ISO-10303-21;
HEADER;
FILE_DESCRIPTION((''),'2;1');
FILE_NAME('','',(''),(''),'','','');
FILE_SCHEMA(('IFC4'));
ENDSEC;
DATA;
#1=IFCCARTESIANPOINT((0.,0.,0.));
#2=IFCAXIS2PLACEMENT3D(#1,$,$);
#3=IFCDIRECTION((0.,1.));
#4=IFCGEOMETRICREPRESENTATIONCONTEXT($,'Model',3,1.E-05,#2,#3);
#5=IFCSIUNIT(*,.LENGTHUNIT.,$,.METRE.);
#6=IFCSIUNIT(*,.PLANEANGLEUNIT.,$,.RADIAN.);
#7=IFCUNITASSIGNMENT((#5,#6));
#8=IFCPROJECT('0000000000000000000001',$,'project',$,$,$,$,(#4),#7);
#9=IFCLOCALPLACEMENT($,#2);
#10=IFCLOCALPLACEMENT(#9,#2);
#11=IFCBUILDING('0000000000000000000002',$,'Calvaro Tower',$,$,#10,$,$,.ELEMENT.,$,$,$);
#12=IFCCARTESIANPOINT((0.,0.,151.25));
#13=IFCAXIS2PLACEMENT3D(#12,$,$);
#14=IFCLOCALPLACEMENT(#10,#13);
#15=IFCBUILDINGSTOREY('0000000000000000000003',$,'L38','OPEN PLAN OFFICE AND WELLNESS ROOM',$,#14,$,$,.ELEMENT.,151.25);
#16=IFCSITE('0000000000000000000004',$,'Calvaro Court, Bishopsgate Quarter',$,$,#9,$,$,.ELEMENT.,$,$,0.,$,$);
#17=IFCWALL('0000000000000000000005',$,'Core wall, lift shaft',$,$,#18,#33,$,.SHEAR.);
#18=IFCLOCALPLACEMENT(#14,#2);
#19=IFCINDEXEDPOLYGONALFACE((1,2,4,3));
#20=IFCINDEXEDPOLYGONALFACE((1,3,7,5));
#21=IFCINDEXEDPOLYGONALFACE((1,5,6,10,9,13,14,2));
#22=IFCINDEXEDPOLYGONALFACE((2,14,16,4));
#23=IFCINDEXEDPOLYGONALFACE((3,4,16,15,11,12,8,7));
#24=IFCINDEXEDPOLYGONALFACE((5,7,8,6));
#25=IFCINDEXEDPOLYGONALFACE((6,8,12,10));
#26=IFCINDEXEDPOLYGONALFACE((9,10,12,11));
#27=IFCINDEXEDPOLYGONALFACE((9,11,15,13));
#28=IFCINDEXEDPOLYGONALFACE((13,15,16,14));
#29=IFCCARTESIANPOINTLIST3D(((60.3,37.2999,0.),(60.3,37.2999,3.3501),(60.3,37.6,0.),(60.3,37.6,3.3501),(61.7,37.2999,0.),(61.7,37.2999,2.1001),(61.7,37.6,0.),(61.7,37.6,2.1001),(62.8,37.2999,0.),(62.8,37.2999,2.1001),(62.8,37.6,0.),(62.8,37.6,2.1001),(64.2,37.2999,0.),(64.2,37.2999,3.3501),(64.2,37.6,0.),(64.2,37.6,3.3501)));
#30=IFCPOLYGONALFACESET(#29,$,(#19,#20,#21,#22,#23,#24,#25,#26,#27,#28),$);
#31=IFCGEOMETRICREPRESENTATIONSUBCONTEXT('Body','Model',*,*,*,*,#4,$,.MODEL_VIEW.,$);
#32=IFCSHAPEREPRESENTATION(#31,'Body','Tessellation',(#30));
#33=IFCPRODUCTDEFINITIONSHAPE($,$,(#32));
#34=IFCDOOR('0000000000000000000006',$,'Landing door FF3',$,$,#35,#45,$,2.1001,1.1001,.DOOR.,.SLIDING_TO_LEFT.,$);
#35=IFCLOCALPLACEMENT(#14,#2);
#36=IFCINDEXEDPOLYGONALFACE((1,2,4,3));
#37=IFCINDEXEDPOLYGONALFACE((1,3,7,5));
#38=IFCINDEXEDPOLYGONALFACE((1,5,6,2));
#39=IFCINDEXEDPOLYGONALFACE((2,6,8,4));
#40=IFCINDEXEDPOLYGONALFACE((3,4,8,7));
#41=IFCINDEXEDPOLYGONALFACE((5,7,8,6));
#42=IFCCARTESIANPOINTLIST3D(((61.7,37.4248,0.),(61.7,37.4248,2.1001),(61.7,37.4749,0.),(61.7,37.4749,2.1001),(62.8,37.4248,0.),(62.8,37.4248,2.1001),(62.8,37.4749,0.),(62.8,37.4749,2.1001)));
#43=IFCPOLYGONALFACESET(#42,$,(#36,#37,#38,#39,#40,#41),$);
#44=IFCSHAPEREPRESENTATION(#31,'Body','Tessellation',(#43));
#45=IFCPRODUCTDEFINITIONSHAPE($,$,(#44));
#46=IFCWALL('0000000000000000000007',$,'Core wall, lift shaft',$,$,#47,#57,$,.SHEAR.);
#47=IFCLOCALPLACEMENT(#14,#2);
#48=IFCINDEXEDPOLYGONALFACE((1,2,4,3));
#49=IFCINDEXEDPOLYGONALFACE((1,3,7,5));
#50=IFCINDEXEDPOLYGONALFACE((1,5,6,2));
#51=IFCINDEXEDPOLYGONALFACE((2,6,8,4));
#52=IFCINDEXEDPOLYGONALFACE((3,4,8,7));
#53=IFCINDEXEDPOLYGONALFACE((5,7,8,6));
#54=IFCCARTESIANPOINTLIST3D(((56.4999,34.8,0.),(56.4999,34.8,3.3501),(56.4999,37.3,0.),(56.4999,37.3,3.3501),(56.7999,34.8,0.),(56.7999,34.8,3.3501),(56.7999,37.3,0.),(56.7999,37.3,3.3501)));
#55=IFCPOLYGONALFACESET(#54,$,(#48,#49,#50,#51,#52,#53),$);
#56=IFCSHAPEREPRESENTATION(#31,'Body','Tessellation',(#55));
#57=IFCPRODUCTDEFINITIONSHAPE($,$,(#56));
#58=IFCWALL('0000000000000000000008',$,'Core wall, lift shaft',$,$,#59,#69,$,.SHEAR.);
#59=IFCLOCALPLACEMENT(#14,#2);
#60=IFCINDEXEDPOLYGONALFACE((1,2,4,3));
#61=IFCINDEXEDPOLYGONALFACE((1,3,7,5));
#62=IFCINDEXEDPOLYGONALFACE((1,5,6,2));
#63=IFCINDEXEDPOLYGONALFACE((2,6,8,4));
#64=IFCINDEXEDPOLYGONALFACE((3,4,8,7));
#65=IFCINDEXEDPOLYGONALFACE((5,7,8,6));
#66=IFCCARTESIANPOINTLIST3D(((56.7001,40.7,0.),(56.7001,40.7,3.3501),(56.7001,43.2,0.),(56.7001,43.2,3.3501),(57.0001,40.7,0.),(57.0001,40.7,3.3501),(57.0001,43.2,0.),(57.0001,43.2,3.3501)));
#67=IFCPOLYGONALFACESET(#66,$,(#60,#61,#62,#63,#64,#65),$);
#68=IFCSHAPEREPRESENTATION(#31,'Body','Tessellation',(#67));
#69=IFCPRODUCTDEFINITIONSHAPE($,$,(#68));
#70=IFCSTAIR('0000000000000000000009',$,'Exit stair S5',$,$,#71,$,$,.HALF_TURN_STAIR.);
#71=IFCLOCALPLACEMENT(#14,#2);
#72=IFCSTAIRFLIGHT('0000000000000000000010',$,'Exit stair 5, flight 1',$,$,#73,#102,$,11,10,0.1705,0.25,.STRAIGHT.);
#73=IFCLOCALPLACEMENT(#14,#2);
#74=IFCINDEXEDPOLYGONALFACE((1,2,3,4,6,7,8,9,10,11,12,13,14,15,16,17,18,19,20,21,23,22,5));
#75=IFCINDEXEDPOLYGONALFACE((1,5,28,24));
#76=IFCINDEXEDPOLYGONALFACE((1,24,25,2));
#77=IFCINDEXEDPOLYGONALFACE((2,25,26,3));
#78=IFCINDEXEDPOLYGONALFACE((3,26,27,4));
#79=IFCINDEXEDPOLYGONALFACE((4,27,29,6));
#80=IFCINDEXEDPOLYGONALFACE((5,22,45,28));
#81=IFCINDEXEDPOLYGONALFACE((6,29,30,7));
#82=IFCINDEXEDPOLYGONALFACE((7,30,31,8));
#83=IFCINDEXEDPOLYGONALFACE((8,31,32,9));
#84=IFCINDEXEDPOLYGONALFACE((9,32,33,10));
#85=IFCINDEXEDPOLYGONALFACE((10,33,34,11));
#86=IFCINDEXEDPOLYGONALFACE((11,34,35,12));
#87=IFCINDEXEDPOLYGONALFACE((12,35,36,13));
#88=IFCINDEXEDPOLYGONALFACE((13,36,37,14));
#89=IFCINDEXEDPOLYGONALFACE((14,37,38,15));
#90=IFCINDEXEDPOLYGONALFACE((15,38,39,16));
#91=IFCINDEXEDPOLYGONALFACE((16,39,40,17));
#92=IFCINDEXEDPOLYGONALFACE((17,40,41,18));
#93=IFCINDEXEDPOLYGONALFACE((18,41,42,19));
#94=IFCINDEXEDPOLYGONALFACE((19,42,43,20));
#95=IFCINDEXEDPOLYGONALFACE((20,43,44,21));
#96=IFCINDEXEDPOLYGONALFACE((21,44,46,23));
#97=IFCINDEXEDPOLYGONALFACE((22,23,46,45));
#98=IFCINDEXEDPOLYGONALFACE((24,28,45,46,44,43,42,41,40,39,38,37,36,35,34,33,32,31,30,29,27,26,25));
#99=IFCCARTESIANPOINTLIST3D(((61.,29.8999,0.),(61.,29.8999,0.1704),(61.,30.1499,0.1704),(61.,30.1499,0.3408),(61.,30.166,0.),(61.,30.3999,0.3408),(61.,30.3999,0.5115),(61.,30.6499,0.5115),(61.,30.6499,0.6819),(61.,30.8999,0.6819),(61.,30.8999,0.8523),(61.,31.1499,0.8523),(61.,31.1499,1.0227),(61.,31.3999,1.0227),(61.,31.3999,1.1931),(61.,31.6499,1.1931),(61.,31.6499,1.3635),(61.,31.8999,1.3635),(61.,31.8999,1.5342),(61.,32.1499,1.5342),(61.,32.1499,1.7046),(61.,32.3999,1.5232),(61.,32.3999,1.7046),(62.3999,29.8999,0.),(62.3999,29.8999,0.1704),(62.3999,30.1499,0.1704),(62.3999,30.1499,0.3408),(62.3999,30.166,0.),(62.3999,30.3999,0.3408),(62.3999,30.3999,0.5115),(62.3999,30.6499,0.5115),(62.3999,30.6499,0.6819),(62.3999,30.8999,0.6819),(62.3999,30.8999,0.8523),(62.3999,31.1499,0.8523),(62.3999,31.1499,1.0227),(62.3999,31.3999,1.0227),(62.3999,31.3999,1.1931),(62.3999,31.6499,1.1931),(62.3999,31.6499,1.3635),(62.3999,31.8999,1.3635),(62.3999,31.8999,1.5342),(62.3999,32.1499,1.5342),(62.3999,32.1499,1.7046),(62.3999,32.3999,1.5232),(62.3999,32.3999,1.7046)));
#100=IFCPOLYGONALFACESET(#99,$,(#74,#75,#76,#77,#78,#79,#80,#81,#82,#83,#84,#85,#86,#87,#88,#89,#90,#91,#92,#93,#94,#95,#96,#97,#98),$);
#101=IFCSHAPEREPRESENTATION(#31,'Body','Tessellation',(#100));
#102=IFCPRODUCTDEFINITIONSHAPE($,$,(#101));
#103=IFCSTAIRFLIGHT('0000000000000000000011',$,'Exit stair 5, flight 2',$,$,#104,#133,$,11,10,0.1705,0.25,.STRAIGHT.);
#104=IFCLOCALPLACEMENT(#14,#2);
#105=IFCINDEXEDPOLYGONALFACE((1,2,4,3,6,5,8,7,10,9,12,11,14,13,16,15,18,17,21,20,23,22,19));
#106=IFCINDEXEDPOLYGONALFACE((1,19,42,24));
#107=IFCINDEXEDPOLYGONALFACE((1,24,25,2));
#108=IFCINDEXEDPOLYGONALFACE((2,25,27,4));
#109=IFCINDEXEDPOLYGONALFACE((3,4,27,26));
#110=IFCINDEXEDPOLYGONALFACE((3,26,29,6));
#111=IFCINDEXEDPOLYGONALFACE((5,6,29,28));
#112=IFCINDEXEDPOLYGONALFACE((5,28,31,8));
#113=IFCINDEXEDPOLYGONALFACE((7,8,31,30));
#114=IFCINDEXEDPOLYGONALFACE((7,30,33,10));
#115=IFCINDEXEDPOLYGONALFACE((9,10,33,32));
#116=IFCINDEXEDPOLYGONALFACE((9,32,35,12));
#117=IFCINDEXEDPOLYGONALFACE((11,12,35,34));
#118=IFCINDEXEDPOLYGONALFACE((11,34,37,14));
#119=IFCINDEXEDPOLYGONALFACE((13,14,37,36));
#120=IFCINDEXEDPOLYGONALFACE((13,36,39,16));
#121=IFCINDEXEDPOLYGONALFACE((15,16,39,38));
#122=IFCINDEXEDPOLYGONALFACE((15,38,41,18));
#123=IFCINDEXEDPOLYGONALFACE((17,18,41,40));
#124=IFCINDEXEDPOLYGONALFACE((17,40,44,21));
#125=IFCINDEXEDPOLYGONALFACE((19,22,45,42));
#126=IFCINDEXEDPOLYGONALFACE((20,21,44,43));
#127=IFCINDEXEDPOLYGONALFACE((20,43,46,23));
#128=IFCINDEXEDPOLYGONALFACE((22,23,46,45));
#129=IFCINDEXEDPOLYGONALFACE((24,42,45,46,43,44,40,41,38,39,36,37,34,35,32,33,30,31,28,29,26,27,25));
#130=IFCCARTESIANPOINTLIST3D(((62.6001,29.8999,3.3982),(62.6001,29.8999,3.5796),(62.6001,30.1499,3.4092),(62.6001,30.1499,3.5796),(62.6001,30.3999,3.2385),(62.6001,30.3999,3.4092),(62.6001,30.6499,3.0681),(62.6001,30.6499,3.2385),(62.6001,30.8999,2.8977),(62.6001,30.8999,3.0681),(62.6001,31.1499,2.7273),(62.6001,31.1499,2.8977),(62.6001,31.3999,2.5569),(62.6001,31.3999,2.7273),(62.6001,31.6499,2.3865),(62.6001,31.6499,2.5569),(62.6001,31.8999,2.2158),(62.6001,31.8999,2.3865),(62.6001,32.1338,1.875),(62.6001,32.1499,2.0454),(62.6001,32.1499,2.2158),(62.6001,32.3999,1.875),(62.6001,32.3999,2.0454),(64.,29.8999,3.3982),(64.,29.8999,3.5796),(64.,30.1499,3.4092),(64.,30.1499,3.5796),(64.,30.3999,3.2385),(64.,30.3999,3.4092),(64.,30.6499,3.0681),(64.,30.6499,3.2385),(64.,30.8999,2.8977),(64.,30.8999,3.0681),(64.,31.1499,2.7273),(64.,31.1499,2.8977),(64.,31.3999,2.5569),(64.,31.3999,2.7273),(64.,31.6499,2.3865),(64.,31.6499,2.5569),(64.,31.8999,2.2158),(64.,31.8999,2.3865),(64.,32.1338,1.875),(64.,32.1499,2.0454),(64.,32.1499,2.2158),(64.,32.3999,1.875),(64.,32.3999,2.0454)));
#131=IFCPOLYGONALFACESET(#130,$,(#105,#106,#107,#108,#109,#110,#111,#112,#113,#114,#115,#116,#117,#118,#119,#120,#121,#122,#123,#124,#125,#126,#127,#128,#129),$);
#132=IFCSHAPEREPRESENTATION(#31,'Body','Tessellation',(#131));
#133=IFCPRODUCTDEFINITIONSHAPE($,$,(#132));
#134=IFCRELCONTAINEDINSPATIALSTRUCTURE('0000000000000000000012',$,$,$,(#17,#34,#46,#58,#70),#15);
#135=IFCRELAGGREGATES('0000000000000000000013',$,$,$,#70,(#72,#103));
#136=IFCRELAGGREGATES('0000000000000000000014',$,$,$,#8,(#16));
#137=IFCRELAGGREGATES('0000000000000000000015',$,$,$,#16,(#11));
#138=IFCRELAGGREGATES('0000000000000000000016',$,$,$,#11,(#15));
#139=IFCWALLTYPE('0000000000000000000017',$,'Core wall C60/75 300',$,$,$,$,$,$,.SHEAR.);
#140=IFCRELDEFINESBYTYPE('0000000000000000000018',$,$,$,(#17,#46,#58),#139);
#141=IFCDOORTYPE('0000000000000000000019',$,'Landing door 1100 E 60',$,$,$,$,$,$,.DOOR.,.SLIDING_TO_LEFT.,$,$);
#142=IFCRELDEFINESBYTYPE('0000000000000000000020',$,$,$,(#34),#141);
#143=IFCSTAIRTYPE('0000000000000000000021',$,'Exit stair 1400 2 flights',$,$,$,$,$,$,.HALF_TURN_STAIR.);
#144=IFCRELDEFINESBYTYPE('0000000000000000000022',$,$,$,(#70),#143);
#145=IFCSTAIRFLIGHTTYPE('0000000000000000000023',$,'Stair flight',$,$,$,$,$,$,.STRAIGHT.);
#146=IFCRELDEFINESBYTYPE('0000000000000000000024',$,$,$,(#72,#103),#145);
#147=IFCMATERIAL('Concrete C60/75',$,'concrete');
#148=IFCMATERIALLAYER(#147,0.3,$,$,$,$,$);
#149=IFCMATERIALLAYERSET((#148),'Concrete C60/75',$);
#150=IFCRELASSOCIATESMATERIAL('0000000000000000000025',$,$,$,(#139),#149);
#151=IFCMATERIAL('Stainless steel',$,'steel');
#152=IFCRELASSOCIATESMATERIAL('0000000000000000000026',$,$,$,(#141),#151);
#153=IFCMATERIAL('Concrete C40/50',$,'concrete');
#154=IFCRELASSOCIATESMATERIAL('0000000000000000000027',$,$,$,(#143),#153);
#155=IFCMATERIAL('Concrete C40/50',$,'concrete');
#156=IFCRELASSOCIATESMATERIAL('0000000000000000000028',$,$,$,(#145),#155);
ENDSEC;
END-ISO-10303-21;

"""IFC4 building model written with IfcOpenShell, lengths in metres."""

from ifc_helpers import new_model, si_unit, direction, frame, frame_2d, origin, place, context, subcontext, project, spatial, polyline, rectangle, outline, extrude, material, layer, layer_set, type_object, element, fill, aggregate, save


model = new_model("IFC4")

# Units and contexts
model_context = context("Model", 3, precision=1e-05, world=origin(), true_north=direction((0.0, 1.0)))
body_context = subcontext(model_context, "Body", "Model", "MODEL_VIEW")
ifc_project = project(units=[si_unit("LENGTHUNIT", "METRE"), si_unit("PLANEANGLEUNIT", "RADIAN")], contexts=[model_context])

# Site, building, storey
site_placement = place(None, origin())
site = spatial("IfcSite", under=ifc_project, at=site_placement, Name="Calvaro Court, Bishopsgate Quarter", CompositionType="ELEMENT", RefElevation=0.0)
building_placement = place(site_placement, origin())
building = spatial("IfcBuilding", under=site, at=building_placement, Name="Calvaro Tower", CompositionType="ELEMENT")
storey_placement = place(building_placement, frame((0.0, 0.0, 151.25)))
storey = spatial("IfcBuildingStorey", under=building, at=storey_placement, Name="L38", Description="OPEN PLAN OFFICE AND WELLNESS ROOM", CompositionType="ELEMENT", Elevation=151.25)

# Shared definitions
ifc_material_1 = material(Name="Concrete C60/75", Category="concrete")
ifc_layer_1 = layer(ifc_material_1, 0.3)
ifc_layer_set_1 = layer_set([ifc_layer_1], Name="Concrete C60/75")
wall_type_1 = type_object("IfcWallType", Name="Core wall C60/75 300", PredefinedType="SHEAR", material=ifc_layer_set_1)

# Wall, opening, door
wall_1_placement = place(storey_placement, frame((60.3, 37.45, 0.0), z_axis=(0.0, 0.0, 1.0), x_axis=(1.0, 0.0, 0.0)))
wall_1 = element("IfcWall", 1, at=wall_1_placement, inside=storey, type_object=wall_type_1, Name="Core wall, lift shaft", PredefinedType="SHEAR", context=body_context, shape_type="SweptSolid", body=[
    extrude(rectangle(XDim=3.8999, YDim=0.3, at=frame_2d((1.95, 0.0))), origin(), (0.0, 0.0, 1.0), 3.3501),
])
opening_1_placement = place(wall_1_placement, frame((1.3999, 0.0, 0.0)))
opening_1 = element("IfcOpeningElement", 2, at=opening_1_placement, cuts=wall_1, PredefinedType="OPENING", context=body_context, shape_type="SweptSolid", body=[
    extrude(rectangle(XDim=1.1001, YDim=2.1001, at=frame_2d((0.55, 1.05))), frame((0.0, 0.1599, 0.0), z_axis=(0.0, -1.0, 0.0), x_axis=(1.0, 0.0, 0.0)), (0.0, 0.0, 1.0), 0.3201),
])
ifc_material_2 = material(Name="Stainless steel", Category="steel")
door_type_1 = type_object("IfcDoorType", Name="Landing door 1100 E 60", OperationType="SLIDING_TO_LEFT", PredefinedType="DOOR", material=ifc_material_2)
door_1_placement = place(opening_1_placement, origin())
door_1 = element("IfcDoor", 3, at=door_1_placement, inside=storey, type_object=door_type_1, Name="Landing door FF3", OperationType="SLIDING_TO_LEFT", OverallHeight=2.1001, OverallWidth=1.1001, PredefinedType="DOOR", context=body_context, shape_type="SweptSolid", body=[
    extrude(rectangle(XDim=1.1001, YDim=2.1001, at=frame_2d((0.55, 1.05))), frame((0.0, 0.0249, 0.0), z_axis=(0.0, -1.0, 0.0), x_axis=(1.0, 0.0, 0.0)), (0.0, 0.0, 1.0), 0.05),
])
fill(opening_1, door_1)

# Walls
for number, where, z_axis, x_axis, name in (
    (4, (56.6499, 34.8, 0.0), (0.0, 0.0, 1.0), (0.0, 1.0, 0.0), "Core wall, lift shaft"),
    (5, (56.8501, 40.7, 0.0), (0.0, 0.0, 1.0), (0.0, 1.0, 0.0), "Core wall, lift shaft"),
):
    element("IfcWall", number, at=place(storey_placement, frame(where, z_axis=z_axis, x_axis=x_axis)), inside=storey, type_object=wall_type_1, Name=name, PredefinedType="SHEAR", context=body_context, shape_type="SweptSolid", body=[
        extrude(rectangle(XDim=2.5, YDim=0.3, at=frame_2d((1.25, 0.0))), origin(), (0.0, 0.0, 1.0), 3.3501),
    ])

# Stair, stair flights
ifc_material_3 = material(Name="Concrete C40/50", Category="concrete")
stair_type = type_object("IfcStairType", Name="Exit stair 1400 2 flights", PredefinedType="HALF_TURN_STAIR", material=ifc_material_3)
stair_placement = place(storey_placement, origin())
stair = element("IfcStair", 6, at=stair_placement, inside=storey, type_object=stair_type, Name="Exit stair S5", PredefinedType="HALF_TURN_STAIR")
ifc_material_4 = material(Name="Concrete C40/50", Category="concrete")
stair_flight_type = type_object("IfcStairFlightType", Name="Stair flight", PredefinedType="STRAIGHT", material=ifc_material_4)
stair_flight_1_placement = place(storey_placement, frame((61.7, 29.8999, 0.0), z_axis=(0.0, 0.0, 1.0), x_axis=(0.0, 1.0, 0.0)))
stair_flight_1 = element("IfcStairFlight", 7, at=stair_flight_1_placement, type_object=stair_flight_type, Name="Exit stair 5, flight 1", NumberOfRisers=11, NumberOfTreads=10, PredefinedType="STRAIGHT", RiserHeight=0.1705, TreadLength=0.25, context=body_context, shape_type="SweptSolid", body=[
    extrude(outline(polyline([(0.0, 0.0), (0.0, 0.1704), (0.25, 0.1704), (0.25, 0.3408), (0.5, 0.3408), (0.5, 0.5115), (0.75, 0.5115), (0.75, 0.6819), (1.0, 0.6819), (1.0, 0.8523), (1.25, 0.8523), (1.25, 1.0227), (1.5, 1.0227), (1.5, 1.1931), (1.75, 1.1931), (1.75, 1.3635), (2.0, 1.3635), (2.0, 1.5342), (2.25, 1.5342), (2.25, 1.7046), (2.5, 1.7046), (2.5, 1.875), (2.5, 1.5232), (0.2661, 0.0), (0.0, 0.0)])), frame((0.0, 0.7, 0.0), z_axis=(0.0, -1.0, 0.0), x_axis=(1.0, 0.0, 0.0)), (0.0, 0.0, 1.0), 1.3999),
])
stair_flight_2_placement = place(storey_placement, frame((63.3, 32.3999, 1.875), z_axis=(0.0, 0.0, 1.0), x_axis=(0.0, -1.0, 0.0)))
stair_flight_2 = element("IfcStairFlight", 8, at=stair_flight_2_placement, type_object=stair_flight_type, Name="Exit stair 5, flight 2", NumberOfRisers=11, NumberOfTreads=10, PredefinedType="STRAIGHT", RiserHeight=0.1705, TreadLength=0.25, context=body_context, shape_type="SweptSolid", body=[
    extrude(outline(polyline([(0.0, 0.0), (0.0, 0.1704), (0.25, 0.1704), (0.25, 0.3408), (0.5, 0.3408), (0.5, 0.5115), (0.75, 0.5115), (0.75, 0.6819), (1.0, 0.6819), (1.0, 0.8523), (1.25, 0.8523), (1.25, 1.0227), (1.5, 1.0227), (1.5, 1.1931), (1.75, 1.1931), (1.75, 1.3635), (2.0, 1.3635), (2.0, 1.5342), (2.25, 1.5342), (2.25, 1.7046), (2.5, 1.7046), (2.5, 1.875), (2.5, 1.5232), (0.2661, 0.0), (0.0, 0.0)])), frame((0.0, 0.7, 0.0), z_axis=(0.0, -1.0, 0.0), x_axis=(1.0, 0.0, 0.0)), (0.0, 0.0, 1.0), 1.3999),
])
aggregate(stair, [stair_flight_1, stair_flight_2])

save(model, "model.ifc")
